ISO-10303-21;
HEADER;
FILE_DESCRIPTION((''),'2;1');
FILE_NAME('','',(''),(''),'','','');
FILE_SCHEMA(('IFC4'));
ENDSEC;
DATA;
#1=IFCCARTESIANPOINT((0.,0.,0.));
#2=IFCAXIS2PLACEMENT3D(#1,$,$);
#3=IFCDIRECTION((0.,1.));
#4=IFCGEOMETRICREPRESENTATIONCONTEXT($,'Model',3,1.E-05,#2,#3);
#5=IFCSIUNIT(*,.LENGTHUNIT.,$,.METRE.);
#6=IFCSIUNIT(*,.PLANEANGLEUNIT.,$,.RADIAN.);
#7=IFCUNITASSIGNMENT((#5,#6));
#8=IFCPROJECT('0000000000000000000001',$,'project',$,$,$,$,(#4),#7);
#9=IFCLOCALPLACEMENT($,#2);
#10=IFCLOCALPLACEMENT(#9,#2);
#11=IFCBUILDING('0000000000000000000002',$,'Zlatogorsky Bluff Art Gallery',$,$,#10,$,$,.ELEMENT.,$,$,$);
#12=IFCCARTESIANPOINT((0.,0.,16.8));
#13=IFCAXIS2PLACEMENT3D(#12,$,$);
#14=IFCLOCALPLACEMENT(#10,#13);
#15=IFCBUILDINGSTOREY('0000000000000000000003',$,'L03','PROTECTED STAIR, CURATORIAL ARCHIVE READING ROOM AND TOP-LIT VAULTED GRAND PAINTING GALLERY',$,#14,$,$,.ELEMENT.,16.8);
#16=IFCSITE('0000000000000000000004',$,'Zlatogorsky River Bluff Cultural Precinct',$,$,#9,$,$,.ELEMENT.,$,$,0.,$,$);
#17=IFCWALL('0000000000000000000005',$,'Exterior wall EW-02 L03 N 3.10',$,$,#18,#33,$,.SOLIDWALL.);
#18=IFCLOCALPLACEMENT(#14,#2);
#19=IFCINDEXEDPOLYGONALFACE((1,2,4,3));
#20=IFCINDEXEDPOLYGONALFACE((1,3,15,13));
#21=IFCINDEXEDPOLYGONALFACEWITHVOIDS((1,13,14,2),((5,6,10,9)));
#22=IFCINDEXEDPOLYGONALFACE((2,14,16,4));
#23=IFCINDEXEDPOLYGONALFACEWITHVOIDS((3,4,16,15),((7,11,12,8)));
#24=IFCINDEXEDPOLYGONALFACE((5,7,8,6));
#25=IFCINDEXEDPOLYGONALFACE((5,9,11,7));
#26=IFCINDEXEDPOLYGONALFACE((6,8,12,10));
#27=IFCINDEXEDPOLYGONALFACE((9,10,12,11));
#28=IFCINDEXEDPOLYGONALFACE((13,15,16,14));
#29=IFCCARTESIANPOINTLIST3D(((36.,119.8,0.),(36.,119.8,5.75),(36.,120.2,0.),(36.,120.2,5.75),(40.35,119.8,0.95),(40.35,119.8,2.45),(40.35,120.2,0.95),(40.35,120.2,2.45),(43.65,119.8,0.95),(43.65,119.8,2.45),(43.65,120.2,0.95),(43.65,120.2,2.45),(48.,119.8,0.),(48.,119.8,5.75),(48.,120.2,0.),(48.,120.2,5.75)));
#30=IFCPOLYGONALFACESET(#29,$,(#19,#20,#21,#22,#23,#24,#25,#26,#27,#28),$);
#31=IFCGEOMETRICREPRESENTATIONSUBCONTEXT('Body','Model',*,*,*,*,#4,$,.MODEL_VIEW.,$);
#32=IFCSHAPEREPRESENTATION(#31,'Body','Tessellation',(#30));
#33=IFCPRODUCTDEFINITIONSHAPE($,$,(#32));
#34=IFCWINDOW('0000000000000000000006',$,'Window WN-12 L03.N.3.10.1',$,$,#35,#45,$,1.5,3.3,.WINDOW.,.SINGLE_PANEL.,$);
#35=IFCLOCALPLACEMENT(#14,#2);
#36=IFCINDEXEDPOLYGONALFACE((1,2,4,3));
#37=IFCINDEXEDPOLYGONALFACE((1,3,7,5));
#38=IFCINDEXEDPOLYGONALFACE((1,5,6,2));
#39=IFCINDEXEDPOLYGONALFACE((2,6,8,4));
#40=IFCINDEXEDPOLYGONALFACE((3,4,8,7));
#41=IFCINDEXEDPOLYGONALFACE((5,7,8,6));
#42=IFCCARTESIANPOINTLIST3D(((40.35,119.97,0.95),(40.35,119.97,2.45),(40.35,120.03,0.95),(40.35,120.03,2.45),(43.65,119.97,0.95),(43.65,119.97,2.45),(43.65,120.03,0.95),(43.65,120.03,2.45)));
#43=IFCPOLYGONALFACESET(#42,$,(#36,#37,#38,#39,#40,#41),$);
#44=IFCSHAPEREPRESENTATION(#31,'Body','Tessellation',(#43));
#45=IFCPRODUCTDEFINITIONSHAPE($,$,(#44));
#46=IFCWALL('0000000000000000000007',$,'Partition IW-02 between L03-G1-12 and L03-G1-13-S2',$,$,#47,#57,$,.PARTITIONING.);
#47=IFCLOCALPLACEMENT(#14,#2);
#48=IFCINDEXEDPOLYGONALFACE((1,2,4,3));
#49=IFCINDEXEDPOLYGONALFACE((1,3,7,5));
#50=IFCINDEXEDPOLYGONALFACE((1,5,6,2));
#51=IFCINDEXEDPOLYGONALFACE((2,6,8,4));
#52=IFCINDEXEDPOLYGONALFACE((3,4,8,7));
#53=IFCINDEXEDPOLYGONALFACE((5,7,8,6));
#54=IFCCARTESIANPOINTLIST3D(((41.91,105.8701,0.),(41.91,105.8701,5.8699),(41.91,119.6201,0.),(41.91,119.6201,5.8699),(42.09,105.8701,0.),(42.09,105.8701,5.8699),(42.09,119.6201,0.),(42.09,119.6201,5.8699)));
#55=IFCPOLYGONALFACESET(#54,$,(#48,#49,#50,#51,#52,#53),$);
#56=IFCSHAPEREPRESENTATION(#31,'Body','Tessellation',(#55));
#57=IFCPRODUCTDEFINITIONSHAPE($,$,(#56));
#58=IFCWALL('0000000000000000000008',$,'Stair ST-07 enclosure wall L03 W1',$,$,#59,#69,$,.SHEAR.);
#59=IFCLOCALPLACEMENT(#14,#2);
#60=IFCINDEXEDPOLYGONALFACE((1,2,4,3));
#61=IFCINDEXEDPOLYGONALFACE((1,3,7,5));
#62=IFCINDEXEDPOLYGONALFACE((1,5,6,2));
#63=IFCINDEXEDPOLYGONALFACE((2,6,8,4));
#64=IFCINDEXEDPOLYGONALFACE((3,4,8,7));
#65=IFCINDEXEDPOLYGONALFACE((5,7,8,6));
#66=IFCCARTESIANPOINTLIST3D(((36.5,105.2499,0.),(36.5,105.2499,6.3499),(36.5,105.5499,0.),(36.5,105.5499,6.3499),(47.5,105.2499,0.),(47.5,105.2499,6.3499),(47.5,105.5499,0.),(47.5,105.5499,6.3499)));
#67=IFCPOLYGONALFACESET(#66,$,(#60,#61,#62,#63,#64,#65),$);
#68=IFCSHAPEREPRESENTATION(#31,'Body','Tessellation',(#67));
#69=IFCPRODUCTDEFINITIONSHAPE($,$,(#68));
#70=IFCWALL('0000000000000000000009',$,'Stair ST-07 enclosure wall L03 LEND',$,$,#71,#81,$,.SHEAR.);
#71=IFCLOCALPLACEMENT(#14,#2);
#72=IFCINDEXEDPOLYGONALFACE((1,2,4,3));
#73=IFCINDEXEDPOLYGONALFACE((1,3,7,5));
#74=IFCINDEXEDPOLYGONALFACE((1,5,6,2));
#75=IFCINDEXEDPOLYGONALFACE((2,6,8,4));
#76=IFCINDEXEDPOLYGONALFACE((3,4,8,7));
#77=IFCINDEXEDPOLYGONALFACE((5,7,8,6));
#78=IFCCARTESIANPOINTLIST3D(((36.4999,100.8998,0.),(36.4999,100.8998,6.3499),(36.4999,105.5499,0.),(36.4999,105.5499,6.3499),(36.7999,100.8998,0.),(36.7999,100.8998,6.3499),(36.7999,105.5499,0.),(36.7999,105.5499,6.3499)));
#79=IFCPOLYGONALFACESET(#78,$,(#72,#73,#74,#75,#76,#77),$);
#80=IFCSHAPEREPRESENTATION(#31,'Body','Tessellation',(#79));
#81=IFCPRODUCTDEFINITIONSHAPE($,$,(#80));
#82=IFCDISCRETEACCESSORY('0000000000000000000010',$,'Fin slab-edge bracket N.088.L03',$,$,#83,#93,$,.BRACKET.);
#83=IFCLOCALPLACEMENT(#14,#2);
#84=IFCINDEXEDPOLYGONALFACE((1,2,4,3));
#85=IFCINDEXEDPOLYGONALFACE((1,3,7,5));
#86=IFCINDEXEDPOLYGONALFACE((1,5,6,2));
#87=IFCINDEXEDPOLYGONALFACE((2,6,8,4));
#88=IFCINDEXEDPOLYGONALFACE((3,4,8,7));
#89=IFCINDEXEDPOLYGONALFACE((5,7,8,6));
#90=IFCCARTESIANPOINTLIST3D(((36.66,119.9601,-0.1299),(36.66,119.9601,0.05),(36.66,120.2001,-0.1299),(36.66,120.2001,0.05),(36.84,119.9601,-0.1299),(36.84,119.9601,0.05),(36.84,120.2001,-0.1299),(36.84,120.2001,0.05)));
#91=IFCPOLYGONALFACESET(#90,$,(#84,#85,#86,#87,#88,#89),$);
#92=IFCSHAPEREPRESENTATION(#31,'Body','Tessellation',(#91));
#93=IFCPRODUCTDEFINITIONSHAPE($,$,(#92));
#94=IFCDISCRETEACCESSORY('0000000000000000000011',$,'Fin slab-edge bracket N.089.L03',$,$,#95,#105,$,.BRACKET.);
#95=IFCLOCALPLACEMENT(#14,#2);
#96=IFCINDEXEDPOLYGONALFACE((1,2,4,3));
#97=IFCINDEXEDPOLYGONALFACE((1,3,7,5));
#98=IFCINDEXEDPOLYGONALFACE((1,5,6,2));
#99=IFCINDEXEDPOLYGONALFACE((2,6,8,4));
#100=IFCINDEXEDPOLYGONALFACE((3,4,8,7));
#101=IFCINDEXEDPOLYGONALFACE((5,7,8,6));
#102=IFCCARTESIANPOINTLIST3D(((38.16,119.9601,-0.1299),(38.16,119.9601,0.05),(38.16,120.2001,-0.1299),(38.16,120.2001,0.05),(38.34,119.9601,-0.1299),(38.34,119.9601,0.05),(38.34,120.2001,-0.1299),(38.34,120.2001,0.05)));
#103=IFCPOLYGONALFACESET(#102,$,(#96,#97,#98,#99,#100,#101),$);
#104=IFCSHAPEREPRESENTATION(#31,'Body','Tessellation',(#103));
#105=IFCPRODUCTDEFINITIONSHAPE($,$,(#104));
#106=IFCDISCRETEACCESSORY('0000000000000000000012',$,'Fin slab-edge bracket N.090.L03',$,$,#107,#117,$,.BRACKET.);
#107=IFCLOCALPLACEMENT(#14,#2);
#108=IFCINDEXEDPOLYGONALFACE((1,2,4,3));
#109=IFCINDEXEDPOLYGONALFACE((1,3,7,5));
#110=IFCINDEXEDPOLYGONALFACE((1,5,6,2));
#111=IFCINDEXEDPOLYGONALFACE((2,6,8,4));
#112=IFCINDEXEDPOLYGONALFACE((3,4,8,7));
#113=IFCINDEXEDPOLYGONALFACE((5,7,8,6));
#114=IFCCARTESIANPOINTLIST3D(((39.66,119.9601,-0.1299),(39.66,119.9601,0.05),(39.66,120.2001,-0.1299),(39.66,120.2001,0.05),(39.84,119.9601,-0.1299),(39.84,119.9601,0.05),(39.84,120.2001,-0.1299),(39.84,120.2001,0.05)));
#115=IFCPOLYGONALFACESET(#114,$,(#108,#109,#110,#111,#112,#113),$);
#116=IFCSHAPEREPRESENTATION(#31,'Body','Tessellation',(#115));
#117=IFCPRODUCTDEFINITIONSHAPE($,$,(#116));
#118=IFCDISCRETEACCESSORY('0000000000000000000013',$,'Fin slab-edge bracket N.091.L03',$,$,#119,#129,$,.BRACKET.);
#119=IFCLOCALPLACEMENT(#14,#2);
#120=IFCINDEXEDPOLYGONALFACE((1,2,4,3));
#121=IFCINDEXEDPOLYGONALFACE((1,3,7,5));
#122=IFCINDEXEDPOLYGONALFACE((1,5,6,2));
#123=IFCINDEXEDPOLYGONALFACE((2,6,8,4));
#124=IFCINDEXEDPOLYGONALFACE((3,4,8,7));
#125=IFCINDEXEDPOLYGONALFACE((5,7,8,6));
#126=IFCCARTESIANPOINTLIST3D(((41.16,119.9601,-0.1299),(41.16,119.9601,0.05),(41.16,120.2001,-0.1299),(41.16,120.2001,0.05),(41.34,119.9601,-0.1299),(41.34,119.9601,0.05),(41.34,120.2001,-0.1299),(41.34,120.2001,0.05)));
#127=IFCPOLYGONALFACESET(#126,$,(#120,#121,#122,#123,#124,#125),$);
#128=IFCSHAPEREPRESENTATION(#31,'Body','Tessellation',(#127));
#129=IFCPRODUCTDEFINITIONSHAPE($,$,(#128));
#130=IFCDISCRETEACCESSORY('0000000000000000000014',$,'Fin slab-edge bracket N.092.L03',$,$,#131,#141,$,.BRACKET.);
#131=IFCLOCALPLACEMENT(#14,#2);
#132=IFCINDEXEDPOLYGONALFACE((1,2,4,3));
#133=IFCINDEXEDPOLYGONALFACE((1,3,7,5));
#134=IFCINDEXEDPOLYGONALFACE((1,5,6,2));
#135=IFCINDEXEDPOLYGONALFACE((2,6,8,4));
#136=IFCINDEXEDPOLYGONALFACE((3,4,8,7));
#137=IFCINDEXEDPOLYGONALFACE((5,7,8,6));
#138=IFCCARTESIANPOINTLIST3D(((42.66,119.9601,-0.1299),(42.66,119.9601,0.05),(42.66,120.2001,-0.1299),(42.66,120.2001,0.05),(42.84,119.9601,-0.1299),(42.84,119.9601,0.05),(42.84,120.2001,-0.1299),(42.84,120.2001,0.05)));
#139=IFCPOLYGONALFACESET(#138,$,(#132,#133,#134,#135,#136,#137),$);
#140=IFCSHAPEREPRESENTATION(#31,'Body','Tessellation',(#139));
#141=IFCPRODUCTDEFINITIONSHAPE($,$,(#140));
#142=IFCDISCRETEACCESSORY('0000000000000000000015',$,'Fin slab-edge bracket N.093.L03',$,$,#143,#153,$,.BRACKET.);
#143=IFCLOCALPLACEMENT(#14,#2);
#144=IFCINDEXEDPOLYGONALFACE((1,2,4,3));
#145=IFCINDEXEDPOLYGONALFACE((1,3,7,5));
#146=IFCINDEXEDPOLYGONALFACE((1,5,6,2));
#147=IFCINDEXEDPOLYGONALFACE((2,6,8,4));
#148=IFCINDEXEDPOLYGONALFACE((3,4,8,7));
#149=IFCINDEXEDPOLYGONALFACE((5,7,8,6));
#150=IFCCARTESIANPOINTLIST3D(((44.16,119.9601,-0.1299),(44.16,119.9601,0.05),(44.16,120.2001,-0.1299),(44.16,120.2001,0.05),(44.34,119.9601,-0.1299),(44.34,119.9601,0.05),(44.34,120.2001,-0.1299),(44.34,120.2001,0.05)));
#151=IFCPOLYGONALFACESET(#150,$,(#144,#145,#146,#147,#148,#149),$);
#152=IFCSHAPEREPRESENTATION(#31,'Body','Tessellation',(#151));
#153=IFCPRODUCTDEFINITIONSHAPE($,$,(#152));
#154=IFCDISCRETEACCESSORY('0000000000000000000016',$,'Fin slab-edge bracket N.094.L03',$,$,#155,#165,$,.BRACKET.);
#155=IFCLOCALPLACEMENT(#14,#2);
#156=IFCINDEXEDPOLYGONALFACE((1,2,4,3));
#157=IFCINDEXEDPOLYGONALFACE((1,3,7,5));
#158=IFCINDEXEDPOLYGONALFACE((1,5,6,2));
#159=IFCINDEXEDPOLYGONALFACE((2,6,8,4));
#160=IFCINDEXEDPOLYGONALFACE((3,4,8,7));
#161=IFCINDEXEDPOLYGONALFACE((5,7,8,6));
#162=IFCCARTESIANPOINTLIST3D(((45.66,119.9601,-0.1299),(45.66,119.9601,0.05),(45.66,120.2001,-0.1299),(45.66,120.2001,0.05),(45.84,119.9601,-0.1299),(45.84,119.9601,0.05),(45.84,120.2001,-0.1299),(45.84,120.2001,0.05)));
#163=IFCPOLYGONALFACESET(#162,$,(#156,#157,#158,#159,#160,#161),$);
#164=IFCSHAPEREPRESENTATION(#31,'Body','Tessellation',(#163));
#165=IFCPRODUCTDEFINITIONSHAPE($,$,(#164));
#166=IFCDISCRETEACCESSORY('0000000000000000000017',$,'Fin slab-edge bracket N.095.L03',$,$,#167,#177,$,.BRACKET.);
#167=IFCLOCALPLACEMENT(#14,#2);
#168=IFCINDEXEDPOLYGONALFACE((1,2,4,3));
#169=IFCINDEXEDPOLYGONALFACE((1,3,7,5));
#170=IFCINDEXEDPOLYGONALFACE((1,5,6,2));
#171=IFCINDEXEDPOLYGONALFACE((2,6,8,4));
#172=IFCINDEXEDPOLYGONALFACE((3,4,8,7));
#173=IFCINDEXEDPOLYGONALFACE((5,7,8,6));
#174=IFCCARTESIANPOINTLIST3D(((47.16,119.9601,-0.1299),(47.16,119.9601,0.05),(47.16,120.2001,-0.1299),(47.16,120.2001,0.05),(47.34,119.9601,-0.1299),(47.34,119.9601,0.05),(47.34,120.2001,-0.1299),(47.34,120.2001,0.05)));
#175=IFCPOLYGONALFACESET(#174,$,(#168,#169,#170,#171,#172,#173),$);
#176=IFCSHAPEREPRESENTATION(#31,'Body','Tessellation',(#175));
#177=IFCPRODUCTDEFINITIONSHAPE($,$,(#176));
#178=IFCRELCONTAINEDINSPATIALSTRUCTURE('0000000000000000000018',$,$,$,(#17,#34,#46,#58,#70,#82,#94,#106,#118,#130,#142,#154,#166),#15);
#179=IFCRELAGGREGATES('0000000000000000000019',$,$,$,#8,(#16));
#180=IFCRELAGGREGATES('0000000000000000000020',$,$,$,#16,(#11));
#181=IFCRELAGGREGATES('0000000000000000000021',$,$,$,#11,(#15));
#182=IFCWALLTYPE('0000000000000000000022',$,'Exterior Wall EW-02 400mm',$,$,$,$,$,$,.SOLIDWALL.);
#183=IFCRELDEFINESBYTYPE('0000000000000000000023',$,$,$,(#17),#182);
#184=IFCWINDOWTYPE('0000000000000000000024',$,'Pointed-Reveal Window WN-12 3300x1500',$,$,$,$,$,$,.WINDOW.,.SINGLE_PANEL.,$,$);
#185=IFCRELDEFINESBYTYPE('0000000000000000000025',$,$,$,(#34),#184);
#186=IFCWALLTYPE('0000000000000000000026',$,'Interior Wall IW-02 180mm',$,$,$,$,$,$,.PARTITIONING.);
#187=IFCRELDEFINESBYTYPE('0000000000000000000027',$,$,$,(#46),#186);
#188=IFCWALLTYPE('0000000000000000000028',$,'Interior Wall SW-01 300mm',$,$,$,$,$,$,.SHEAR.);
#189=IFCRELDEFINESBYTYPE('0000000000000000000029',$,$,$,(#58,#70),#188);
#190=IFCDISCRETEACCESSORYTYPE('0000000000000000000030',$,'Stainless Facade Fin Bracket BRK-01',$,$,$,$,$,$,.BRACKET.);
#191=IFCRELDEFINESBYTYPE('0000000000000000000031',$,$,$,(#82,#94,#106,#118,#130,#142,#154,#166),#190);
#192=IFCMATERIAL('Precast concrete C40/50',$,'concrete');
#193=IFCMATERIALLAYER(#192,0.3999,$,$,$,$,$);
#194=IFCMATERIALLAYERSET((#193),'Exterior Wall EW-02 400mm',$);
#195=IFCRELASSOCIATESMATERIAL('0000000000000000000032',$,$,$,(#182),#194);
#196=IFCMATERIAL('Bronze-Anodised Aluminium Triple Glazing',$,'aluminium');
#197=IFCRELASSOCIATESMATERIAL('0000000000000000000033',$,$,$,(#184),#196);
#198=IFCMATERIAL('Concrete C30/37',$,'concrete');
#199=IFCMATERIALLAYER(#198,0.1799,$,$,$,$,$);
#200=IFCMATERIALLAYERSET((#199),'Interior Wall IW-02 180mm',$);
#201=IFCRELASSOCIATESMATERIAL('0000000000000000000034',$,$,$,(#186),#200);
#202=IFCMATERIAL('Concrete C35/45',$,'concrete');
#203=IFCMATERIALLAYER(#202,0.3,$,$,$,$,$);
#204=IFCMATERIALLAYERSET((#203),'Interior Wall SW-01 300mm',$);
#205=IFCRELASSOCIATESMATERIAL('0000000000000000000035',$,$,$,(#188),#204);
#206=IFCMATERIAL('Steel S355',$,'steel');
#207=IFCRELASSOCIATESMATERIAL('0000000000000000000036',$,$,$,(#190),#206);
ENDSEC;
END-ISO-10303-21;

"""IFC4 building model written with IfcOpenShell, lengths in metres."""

from ifc_helpers import new_model, si_unit, direction, frame, frame_2d, origin, origin_2d, place, context, subcontext, project, spatial, rectangle, extrude, material, layer, layer_set, type_object, element, fill, save


model = new_model("IFC4")

# Units and contexts
model_context = context("Model", 3, precision=1e-05, world=origin(), true_north=direction((0.0, 1.0)))
body_context = subcontext(model_context, "Body", "Model", "MODEL_VIEW")
ifc_project = project(units=[si_unit("LENGTHUNIT", "METRE"), si_unit("PLANEANGLEUNIT", "RADIAN")], contexts=[model_context])

# Site, building, storey
site_placement = place(None, origin())
site = spatial("IfcSite", under=ifc_project, at=site_placement, Name="Zlatogorsky River Bluff Cultural Precinct", CompositionType="ELEMENT", RefElevation=0.0)
building_placement = place(site_placement, origin())
building = spatial("IfcBuilding", under=site, at=building_placement, Name="Zlatogorsky Bluff Art Gallery", CompositionType="ELEMENT")
storey_placement = place(building_placement, frame((0.0, 0.0, 16.8)))
storey = spatial("IfcBuildingStorey", under=building, at=storey_placement, Name="L03", Description="PROTECTED STAIR, CURATORIAL ARCHIVE READING ROOM AND TOP-LIT VAULTED GRAND PAINTING GALLERY", CompositionType="ELEMENT", Elevation=16.8)

# Shared definitions
ifc_material_1 = material(Name="Steel S355", Category="steel")

# Wall, opening, window
ifc_material_2 = material(Name="Precast concrete C40/50", Category="concrete")
ifc_layer_1 = layer(ifc_material_2, 0.3999)
ifc_layer_set_1 = layer_set([ifc_layer_1], Name="Exterior Wall EW-02 400mm")
wall_type_1 = type_object("IfcWallType", Name="Exterior Wall EW-02 400mm", PredefinedType="SOLIDWALL", material=ifc_layer_set_1)
wall_1_placement = place(storey_placement, frame((48.0, 120.0, 0.0), z_axis=(0.0, 0.0, 1.0), x_axis=(-1.0, 0.0, 0.0)))
wall_1 = element("IfcWall", 1, at=wall_1_placement, inside=storey, type_object=wall_type_1, Name="Exterior wall EW-02 L03 N 3.10", PredefinedType="SOLIDWALL", context=body_context, shape_type="SweptSolid", body=[
    extrude(rectangle(XDim=12.0, YDim=0.3999, at=frame_2d((6.0, 0.0))), origin(), (0.0, 0.0, 1.0), 5.75),
])
opening_placement = place(wall_1_placement, frame((4.3501, 0.0, 0.95)))
opening = element("IfcOpeningElement", 2, at=opening_placement, cuts=wall_1, PredefinedType="OPENING", context=body_context, shape_type="SweptSolid", body=[
    extrude(rectangle(XDim=3.3, YDim=1.5, at=frame_2d((1.6499, 0.75))), frame((0.0, 0.21, 0.0), z_axis=(0.0, -1.0, 0.0), x_axis=(1.0, 0.0, 0.0)), (0.0, 0.0, 1.0), 0.4199),
])
ifc_material_3 = material(Name="Bronze-Anodised Aluminium Triple Glazing", Category="aluminium")
window_type = type_object("IfcWindowType", Name="Pointed-Reveal Window WN-12 3300x1500", PartitioningType="SINGLE_PANEL", PredefinedType="WINDOW", material=ifc_material_3)
window_placement = place(opening_placement, origin())
window = element("IfcWindow", 3, at=window_placement, inside=storey, type_object=window_type, Name="Window WN-12 L03.N.3.10.1", OverallHeight=1.5, OverallWidth=3.3, PartitioningType="SINGLE_PANEL", PredefinedType="WINDOW", context=body_context, shape_type="SweptSolid", body=[
    extrude(rectangle(XDim=3.3, YDim=1.5, at=frame_2d((1.6499, 0.75))), frame((0.0, 0.03, 0.0), z_axis=(0.0, -1.0, 0.0), x_axis=(1.0, 0.0, 0.0)), (0.0, 0.0, 1.0), 0.0601),
])
fill(opening, window)

# Walls
ifc_material_4 = material(Name="Concrete C30/37", Category="concrete")
ifc_layer_2 = layer(ifc_material_4, 0.1799)
ifc_layer_set_2 = layer_set([ifc_layer_2], Name="Interior Wall IW-02 180mm")
wall_type_2 = type_object("IfcWallType", Name="Interior Wall IW-02 180mm", PredefinedType="PARTITIONING", material=ifc_layer_set_2)
wall_2_placement = place(storey_placement, frame((42.0, 105.8701, 0.0), z_axis=(0.0, 0.0, 1.0), x_axis=(0.0, 1.0, 0.0)))
element("IfcWall", 4, at=wall_2_placement, inside=storey, type_object=wall_type_2, Name="Partition IW-02 between L03-G1-12 and L03-G1-13-S2", PredefinedType="PARTITIONING", context=body_context, shape_type="SweptSolid", body=[
    extrude(rectangle(XDim=13.75, YDim=0.1799, at=frame_2d((6.875, 0.0))), origin(), (0.0, 0.0, 1.0), 5.8699),
])
ifc_material_5 = material(Name="Concrete C35/45", Category="concrete")
ifc_layer_3 = layer(ifc_material_5, 0.3)
ifc_layer_set_3 = layer_set([ifc_layer_3], Name="Interior Wall SW-01 300mm")
wall_type_3 = type_object("IfcWallType", Name="Interior Wall SW-01 300mm", PredefinedType="SHEAR", material=ifc_layer_set_3)
wall_3_placement = place(storey_placement, frame((47.5, 105.3999, 0.0), z_axis=(0.0, 0.0, 1.0), x_axis=(-1.0, 0.0, 0.0)))
element("IfcWall", 5, at=wall_3_placement, inside=storey, type_object=wall_type_3, Name="Stair ST-07 enclosure wall L03 W1", PredefinedType="SHEAR", context=body_context, shape_type="SweptSolid", body=[
    extrude(rectangle(XDim=11.0, YDim=0.3, at=frame_2d((5.5, 0.0))), origin(), (0.0, 0.0, 1.0), 6.3499),
])
wall_4_placement = place(storey_placement, frame((36.6499, 105.55, 0.0), z_axis=(0.0, 0.0, 1.0), x_axis=(0.0, -1.0, 0.0)))
element("IfcWall", 6, at=wall_4_placement, inside=storey, type_object=wall_type_3, Name="Stair ST-07 enclosure wall L03 LEND", PredefinedType="SHEAR", context=body_context, shape_type="SweptSolid", body=[
    extrude(rectangle(XDim=4.6501, YDim=0.3, at=frame_2d((2.3252, 0.0))), origin(), (0.0, 0.0, 1.0), 6.3499),
])

# Discrete accessories
discrete_accessory_type = type_object("IfcDiscreteAccessoryType", Name="Stainless Facade Fin Bracket BRK-01", PredefinedType="BRACKET", material=ifc_material_1)
for number, where, z_axis, x_axis, name in (
    (7, (36.75, 120.0801, -0.1299), (0.0, 0.0, 1.0), (1.0, 0.0, 0.0), "Fin slab-edge bracket N.088.L03"),
    (8, (38.25, 120.0801, -0.1299), (0.0, 0.0, 1.0), (1.0, 0.0, 0.0), "Fin slab-edge bracket N.089.L03"),
    (9, (39.75, 120.0801, -0.1299), (0.0, 0.0, 1.0), (1.0, 0.0, 0.0), "Fin slab-edge bracket N.090.L03"),
    (10, (41.25, 120.0801, -0.1299), (0.0, 0.0, 1.0), (1.0, 0.0, 0.0), "Fin slab-edge bracket N.091.L03"),
    (11, (42.75, 120.0801, -0.1299), (0.0, 0.0, 1.0), (1.0, 0.0, 0.0), "Fin slab-edge bracket N.092.L03"),
    (12, (44.25, 120.0801, -0.1299), (0.0, 0.0, 1.0), (1.0, 0.0, 0.0), "Fin slab-edge bracket N.093.L03"),
    (13, (45.75, 120.0801, -0.1299), (0.0, 0.0, 1.0), (1.0, 0.0, 0.0), "Fin slab-edge bracket N.094.L03"),
    (14, (47.25, 120.0801, -0.1299), (0.0, 0.0, 1.0), (1.0, 0.0, 0.0), "Fin slab-edge bracket N.095.L03"),
):
    element("IfcDiscreteAccessory", number, at=place(storey_placement, frame(where, z_axis=z_axis, x_axis=x_axis)), inside=storey, type_object=discrete_accessory_type, Name=name, PredefinedType="BRACKET", context=body_context, shape_type="SweptSolid", body=[
        extrude(rectangle(XDim=0.1799, YDim=0.24, at=origin_2d()), origin(), (0.0, 0.0, 1.0), 0.1799),
    ])

save(model, "model.ifc")
